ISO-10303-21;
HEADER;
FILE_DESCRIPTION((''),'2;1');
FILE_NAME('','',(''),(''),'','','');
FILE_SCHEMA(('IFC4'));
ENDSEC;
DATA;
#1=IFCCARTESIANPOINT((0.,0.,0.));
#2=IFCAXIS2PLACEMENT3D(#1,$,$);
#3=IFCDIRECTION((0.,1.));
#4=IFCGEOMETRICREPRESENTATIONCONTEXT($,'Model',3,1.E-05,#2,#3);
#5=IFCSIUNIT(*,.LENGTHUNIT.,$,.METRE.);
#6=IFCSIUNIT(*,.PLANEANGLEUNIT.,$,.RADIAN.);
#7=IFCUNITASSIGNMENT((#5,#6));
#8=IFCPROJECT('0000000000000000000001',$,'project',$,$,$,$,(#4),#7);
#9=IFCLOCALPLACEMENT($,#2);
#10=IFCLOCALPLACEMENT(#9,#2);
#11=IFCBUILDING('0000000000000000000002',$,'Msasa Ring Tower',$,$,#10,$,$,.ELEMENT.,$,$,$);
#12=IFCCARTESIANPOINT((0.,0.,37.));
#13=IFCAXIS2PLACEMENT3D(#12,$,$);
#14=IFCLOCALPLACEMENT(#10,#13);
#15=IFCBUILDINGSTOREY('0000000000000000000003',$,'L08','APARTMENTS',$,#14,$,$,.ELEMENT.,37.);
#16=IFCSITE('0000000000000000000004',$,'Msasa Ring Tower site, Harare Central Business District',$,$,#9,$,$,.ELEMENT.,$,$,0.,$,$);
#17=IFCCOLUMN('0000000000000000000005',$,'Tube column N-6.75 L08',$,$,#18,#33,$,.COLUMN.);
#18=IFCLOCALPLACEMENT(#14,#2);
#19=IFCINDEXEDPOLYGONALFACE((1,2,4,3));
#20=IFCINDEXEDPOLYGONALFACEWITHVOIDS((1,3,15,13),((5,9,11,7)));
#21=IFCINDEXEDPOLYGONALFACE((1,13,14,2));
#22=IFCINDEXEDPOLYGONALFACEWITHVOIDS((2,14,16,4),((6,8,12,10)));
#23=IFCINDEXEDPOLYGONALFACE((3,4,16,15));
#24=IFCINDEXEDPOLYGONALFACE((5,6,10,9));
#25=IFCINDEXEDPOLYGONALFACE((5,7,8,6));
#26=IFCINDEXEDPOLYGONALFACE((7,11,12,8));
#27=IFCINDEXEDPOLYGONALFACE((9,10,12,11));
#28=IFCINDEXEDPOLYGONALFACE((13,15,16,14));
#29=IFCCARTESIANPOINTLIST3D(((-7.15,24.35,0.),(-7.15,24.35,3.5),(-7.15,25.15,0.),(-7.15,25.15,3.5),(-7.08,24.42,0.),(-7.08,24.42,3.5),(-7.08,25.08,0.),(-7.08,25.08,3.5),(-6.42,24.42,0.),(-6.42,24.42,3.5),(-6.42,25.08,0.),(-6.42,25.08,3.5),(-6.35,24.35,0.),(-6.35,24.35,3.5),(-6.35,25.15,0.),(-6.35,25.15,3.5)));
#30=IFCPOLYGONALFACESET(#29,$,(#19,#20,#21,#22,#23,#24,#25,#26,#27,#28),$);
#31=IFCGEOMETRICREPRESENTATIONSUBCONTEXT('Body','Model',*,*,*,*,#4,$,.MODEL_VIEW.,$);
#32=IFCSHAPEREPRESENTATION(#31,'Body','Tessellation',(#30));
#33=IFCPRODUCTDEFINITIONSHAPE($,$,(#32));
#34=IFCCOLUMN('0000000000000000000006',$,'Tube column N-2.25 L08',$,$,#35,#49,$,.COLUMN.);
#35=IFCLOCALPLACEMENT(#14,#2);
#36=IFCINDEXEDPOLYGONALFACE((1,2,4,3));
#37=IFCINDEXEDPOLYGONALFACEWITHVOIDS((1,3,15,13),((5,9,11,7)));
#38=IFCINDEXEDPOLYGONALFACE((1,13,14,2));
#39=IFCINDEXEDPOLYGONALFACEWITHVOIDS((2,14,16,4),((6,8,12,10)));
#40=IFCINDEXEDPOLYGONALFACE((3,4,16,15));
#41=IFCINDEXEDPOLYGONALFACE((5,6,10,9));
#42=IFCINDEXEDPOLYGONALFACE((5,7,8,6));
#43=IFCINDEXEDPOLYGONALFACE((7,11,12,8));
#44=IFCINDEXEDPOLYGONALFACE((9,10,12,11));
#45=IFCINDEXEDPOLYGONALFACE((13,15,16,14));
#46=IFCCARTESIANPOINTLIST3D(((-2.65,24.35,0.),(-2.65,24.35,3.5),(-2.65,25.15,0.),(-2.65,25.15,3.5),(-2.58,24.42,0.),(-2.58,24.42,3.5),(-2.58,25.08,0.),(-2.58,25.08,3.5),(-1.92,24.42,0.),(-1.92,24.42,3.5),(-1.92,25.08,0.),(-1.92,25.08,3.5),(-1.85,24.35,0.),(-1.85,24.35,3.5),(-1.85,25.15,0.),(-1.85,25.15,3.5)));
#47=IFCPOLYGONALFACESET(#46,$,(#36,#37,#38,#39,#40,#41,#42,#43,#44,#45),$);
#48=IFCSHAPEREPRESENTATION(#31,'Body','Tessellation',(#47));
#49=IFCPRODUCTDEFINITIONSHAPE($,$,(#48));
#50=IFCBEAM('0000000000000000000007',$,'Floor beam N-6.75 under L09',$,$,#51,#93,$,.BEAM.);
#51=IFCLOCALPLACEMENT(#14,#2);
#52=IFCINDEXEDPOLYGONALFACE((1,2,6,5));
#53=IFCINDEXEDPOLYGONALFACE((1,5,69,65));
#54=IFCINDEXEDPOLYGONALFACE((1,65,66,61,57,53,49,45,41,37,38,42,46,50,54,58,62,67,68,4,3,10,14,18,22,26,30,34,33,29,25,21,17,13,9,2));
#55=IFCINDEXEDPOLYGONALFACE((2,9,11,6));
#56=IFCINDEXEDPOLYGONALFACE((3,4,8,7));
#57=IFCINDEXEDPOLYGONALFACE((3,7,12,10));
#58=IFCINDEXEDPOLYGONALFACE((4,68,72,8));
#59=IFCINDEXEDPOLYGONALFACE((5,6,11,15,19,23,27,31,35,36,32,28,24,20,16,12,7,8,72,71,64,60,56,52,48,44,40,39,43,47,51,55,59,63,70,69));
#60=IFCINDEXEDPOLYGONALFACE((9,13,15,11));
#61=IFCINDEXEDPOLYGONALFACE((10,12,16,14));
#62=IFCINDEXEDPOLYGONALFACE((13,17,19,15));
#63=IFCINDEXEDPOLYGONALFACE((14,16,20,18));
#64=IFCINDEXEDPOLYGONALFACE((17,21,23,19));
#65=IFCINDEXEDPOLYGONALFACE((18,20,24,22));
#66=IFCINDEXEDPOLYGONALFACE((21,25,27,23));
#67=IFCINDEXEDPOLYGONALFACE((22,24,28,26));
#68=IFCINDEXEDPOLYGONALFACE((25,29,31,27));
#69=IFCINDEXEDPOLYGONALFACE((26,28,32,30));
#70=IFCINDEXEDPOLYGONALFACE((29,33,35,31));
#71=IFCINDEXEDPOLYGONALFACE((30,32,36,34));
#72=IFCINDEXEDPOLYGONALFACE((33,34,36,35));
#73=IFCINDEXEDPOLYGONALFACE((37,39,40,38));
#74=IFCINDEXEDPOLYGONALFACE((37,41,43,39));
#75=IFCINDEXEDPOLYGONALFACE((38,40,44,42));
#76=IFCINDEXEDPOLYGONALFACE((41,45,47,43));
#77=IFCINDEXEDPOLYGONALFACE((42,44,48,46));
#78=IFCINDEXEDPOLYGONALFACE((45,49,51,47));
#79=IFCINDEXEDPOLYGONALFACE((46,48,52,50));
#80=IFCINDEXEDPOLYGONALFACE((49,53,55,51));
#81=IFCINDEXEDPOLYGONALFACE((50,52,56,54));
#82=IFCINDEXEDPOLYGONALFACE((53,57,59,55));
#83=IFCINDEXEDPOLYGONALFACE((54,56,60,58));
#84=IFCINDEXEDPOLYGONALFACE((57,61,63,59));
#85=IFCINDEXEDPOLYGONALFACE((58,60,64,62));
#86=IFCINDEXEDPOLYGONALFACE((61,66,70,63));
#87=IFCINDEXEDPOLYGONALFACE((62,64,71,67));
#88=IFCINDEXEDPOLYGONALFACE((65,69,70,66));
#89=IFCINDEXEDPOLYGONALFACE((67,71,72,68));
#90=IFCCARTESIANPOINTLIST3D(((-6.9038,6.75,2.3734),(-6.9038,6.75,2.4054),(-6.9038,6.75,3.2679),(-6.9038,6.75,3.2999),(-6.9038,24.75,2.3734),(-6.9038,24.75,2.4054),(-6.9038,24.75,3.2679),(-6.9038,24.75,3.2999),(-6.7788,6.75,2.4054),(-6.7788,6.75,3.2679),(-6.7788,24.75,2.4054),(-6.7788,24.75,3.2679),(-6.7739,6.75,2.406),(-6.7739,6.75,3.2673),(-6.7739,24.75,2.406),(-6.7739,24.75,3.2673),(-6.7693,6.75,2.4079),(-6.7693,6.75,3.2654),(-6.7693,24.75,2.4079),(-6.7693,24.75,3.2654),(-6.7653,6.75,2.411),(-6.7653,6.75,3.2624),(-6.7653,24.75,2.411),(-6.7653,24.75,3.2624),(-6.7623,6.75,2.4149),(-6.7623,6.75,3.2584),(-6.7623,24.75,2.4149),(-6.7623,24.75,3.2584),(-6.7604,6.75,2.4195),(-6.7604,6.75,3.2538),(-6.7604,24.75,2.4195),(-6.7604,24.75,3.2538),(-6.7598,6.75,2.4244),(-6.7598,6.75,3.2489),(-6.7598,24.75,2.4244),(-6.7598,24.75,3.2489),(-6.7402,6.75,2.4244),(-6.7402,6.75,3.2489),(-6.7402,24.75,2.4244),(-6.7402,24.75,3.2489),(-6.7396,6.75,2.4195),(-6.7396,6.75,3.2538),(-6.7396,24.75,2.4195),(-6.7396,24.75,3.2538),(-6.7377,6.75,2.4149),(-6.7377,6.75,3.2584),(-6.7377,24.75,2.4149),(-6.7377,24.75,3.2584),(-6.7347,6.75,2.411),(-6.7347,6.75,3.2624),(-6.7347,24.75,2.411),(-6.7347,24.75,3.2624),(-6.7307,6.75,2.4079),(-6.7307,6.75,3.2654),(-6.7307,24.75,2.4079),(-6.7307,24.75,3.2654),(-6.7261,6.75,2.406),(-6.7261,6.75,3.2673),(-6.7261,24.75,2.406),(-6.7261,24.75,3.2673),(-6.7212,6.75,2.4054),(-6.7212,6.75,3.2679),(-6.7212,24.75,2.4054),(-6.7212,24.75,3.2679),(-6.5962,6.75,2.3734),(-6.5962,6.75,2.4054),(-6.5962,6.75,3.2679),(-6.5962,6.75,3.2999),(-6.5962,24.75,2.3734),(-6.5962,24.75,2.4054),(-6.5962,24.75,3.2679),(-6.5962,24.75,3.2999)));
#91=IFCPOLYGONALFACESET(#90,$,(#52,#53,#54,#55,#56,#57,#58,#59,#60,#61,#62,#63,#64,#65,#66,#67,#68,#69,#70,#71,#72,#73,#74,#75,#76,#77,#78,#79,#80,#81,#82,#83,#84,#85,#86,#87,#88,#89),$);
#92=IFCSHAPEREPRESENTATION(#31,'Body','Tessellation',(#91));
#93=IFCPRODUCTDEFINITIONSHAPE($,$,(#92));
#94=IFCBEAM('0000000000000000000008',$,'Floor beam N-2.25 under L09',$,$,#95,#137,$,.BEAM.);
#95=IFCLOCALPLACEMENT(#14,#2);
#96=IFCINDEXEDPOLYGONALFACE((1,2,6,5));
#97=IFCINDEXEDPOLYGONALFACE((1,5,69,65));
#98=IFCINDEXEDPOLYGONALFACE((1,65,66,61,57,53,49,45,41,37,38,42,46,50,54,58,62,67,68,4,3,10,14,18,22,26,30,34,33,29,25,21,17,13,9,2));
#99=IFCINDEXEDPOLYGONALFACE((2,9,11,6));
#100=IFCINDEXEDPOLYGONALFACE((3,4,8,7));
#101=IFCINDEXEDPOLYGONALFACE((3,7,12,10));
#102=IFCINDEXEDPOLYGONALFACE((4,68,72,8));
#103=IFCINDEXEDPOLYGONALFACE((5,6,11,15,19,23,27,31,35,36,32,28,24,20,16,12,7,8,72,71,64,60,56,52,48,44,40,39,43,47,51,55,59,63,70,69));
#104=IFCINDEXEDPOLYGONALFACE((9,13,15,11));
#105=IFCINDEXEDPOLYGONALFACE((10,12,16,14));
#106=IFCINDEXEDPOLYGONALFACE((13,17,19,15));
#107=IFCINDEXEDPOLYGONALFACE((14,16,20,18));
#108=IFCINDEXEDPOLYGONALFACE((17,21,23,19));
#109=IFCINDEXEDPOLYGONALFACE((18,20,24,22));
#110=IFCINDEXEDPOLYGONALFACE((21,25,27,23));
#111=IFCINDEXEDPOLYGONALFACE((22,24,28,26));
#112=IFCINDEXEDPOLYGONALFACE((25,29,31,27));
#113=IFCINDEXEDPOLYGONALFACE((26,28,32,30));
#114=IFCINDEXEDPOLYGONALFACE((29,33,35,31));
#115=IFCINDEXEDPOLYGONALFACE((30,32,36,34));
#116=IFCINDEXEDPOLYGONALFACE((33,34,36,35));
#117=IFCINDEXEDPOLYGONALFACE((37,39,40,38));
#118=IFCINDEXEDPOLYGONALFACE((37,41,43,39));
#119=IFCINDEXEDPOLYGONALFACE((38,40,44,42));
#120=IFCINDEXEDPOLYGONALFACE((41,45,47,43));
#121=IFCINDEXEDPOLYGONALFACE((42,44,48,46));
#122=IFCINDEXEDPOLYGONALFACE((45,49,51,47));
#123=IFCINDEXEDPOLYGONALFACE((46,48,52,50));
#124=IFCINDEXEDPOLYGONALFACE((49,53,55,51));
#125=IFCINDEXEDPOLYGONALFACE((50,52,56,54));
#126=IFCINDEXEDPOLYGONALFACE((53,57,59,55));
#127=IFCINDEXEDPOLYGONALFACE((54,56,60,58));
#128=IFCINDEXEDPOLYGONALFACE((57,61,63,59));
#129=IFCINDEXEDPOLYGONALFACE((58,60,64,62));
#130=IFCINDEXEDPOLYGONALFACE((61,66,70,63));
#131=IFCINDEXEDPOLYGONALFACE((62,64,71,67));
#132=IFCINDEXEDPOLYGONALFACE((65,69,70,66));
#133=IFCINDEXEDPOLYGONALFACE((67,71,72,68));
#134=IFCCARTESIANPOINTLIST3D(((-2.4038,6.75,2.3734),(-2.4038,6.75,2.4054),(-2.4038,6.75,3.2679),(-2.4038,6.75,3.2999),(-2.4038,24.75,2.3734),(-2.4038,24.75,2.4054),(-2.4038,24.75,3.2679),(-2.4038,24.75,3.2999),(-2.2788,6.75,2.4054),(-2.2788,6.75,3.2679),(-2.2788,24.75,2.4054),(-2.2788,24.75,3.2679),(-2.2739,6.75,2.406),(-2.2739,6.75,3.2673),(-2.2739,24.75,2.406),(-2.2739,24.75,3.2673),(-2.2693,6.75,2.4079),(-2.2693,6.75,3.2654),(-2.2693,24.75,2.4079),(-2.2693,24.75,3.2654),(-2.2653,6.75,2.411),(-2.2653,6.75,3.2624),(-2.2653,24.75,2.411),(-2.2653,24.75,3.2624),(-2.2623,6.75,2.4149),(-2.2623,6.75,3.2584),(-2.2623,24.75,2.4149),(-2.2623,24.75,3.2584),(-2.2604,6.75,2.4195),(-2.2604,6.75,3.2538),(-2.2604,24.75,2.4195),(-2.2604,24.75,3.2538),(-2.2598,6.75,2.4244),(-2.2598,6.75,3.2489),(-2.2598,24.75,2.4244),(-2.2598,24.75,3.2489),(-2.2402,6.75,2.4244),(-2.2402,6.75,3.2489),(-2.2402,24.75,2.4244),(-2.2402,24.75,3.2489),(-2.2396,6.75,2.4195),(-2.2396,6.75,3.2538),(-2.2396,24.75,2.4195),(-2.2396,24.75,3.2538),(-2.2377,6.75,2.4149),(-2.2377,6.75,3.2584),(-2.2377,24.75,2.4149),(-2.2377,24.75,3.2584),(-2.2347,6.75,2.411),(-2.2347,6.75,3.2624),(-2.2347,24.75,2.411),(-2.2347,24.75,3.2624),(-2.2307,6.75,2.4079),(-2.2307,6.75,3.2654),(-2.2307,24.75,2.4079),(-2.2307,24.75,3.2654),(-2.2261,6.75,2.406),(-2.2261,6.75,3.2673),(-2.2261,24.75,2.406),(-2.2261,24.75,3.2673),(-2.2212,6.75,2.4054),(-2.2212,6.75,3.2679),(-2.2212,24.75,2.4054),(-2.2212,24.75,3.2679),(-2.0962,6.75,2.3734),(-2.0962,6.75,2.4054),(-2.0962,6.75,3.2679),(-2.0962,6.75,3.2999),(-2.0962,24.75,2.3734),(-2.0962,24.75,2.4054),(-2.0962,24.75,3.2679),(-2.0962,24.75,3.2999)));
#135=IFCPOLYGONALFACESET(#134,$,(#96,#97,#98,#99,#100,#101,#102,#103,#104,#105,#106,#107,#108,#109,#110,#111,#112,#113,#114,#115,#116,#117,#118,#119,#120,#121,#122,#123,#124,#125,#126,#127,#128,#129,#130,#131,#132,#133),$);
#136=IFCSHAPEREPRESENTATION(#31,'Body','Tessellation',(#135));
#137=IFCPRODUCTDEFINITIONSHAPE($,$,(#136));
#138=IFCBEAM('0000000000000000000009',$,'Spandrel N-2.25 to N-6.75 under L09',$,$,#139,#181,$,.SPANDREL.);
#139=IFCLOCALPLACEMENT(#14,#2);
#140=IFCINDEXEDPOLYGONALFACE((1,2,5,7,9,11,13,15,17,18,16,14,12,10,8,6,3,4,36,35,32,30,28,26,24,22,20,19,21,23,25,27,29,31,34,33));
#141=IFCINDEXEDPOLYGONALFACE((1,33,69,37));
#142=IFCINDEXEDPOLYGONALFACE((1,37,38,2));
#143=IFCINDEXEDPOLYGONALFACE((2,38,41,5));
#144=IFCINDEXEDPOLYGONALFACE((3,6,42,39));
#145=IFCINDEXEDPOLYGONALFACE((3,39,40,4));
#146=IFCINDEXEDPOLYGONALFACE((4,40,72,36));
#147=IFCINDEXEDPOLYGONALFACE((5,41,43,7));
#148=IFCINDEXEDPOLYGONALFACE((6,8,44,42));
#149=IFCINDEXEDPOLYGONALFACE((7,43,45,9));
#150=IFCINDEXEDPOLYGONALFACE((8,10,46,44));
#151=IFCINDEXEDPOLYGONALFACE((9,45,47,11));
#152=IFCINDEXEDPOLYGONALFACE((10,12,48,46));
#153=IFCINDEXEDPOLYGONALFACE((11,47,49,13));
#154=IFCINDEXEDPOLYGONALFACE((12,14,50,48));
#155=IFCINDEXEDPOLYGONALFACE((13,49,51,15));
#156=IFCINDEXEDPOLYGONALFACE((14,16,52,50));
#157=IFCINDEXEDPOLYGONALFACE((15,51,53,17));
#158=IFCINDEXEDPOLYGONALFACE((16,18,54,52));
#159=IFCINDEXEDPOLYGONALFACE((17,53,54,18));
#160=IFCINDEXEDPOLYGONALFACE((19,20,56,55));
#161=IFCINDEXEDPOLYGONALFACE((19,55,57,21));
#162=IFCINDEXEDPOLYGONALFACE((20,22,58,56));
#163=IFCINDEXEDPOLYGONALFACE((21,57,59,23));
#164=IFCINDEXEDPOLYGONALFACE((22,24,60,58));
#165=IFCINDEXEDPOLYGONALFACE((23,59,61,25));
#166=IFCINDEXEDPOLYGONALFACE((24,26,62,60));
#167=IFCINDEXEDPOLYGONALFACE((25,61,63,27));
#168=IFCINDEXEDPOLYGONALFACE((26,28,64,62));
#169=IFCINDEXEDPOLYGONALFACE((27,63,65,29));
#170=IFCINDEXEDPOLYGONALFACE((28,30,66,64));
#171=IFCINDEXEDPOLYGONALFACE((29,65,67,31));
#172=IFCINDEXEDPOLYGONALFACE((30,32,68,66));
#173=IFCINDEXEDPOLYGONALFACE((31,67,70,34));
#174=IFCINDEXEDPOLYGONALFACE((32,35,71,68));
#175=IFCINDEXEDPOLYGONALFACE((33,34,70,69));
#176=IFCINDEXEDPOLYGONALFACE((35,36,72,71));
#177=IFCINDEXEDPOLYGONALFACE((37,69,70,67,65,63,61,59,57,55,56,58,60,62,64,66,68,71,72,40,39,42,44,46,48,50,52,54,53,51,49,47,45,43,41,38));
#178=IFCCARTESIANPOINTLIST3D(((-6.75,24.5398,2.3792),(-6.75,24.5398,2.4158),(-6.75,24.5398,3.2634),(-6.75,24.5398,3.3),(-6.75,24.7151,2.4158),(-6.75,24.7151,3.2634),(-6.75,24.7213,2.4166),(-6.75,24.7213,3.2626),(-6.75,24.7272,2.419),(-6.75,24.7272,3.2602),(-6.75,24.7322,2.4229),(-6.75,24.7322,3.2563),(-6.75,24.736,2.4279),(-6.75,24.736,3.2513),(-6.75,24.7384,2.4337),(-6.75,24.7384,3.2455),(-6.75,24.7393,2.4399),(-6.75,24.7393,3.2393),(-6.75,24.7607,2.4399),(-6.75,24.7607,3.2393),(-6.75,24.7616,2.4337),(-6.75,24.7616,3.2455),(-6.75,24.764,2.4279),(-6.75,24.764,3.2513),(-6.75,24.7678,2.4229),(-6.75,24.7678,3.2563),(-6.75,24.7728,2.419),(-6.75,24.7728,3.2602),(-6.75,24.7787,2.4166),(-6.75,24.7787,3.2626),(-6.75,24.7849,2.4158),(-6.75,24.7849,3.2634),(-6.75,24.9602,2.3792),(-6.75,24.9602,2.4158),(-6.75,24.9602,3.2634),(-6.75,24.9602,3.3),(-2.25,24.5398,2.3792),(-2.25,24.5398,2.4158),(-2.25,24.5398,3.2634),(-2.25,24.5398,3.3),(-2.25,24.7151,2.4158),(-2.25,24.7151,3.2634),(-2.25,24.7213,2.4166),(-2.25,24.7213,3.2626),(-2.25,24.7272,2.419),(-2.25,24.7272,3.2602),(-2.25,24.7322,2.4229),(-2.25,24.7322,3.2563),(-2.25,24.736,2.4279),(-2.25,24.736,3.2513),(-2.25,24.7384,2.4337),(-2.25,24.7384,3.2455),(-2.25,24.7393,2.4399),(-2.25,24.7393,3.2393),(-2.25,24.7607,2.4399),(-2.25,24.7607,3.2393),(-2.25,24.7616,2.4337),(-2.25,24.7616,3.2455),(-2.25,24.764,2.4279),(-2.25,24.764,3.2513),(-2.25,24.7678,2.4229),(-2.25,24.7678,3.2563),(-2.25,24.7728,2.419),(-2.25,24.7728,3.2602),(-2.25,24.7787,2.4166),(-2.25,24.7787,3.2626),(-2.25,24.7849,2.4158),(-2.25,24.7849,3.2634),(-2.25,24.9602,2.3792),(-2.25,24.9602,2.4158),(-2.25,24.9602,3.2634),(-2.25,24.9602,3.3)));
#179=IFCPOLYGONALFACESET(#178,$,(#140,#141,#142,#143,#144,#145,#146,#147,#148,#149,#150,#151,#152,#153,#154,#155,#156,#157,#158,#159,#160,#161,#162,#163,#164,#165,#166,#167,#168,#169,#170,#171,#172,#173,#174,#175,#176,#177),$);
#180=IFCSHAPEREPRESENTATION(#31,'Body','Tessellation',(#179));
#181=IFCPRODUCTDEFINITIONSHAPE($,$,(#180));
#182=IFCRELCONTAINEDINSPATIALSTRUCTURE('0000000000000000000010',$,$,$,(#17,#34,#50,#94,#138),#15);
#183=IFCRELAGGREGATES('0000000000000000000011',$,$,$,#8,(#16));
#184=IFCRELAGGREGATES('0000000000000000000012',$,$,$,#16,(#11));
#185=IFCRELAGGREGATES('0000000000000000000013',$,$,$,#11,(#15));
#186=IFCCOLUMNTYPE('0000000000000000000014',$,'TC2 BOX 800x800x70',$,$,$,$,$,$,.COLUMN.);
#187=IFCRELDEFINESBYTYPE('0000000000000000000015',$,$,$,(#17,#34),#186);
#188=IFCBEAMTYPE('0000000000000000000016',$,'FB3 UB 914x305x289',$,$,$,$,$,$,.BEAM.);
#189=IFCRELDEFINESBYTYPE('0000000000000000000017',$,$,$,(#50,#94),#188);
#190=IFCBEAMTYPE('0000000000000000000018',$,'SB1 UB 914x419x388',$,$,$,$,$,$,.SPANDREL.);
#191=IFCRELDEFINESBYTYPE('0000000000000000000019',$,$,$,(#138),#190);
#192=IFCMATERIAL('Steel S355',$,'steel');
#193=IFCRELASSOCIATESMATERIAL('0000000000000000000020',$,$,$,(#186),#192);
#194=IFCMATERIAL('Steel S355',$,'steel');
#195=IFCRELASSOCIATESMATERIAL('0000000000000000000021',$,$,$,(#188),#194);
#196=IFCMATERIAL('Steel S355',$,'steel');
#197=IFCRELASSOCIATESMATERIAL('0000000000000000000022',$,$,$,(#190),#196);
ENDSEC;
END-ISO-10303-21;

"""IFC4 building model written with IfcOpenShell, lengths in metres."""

from ifc_helpers import new_model, si_unit, direction, frame, origin, origin_2d, place, context, subcontext, project, spatial, hollow_rectangle, i_section, extrude, material, material_profile, profile_set, type_object, element, save


model = new_model("IFC4")

# Units and contexts
model_context = context("Model", 3, precision=1e-05, world=origin(), true_north=direction((0.0, 1.0)))
body_context = subcontext(model_context, "Body", "Model", "MODEL_VIEW")
ifc_project = project(units=[si_unit("LENGTHUNIT", "METRE"), si_unit("PLANEANGLEUNIT", "RADIAN")], contexts=[model_context])

# Site, building, storey
site_placement = place(None, origin())
site = spatial("IfcSite", under=ifc_project, at=site_placement, Name="Msasa Ring Tower site, Harare Central Business District", CompositionType="ELEMENT", RefElevation=0.0)
building_placement = place(site_placement, origin())
building = spatial("IfcBuilding", under=site, at=building_placement, Name="Msasa Ring Tower", CompositionType="ELEMENT")
storey_placement = place(building_placement, frame((0.0, 0.0, 37.0)))
storey = spatial("IfcBuildingStorey", under=building, at=storey_placement, Name="L08", Description="APARTMENTS", CompositionType="ELEMENT", Elevation=37.0)

# Columns
ifc_material_1 = material(Name="Steel S355", Category="steel")
ifc_material_profile_1 = material_profile(ifc_material_1, hollow_rectangle(XDim=0.8, YDim=0.8, WallThickness=0.0701, at=origin_2d()), Name="BOX 800x800x70")
ifc_profile_set_1 = profile_set([ifc_material_profile_1], Name="Steel S355")
column_type = type_object("IfcColumnType", Name="TC2 BOX 800x800x70", PredefinedType="COLUMN", material=ifc_profile_set_1)
for number, where, z_axis, x_axis, name in (
    (1, (-6.75, 24.75, 0.0), (0.0, 0.0, 1.0), (0.0, 1.0, 0.0), "Tube column N-6.75 L08"),
    (2, (-2.25, 24.75, 0.0), (0.0, 0.0, 1.0), (0.0, 1.0, 0.0), "Tube column N-2.25 L08"),
):
    element("IfcColumn", number, at=place(storey_placement, frame(where, z_axis=z_axis, x_axis=x_axis)), inside=storey, type_object=column_type, Name=name, PredefinedType="COLUMN", context=body_context, shape_type="SweptSolid", body=[
        extrude(hollow_rectangle(XDim=0.8, YDim=0.8, WallThickness=0.0701, at=origin_2d()), origin(), (0.0, 0.0, 1.0), 3.5),
    ])

# Beams
ifc_material_2 = material(Name="Steel S355", Category="steel")
ifc_material_profile_2 = material_profile(ifc_material_2, i_section(OverallWidth=0.3076, OverallDepth=0.9265, WebThickness=0.0195, FlangeThickness=0.032, FilletRadius=0.019, at=origin_2d()), Name="UB 914x305x289")
ifc_profile_set_2 = profile_set([ifc_material_profile_2], Name="Steel S355")
beam_type_1 = type_object("IfcBeamType", Name="FB3 UB 914x305x289", PredefinedType="BEAM", material=ifc_profile_set_2)
for number, where, z_axis, x_axis, name in (
    (3, (-6.75, 24.75, 2.8367), (0.0, -1.0, 0.0), (1.0, 0.0, 0.0), "Floor beam N-6.75 under L09"),
    (4, (-2.25, 24.75, 2.8367), (0.0, -1.0, 0.0), (1.0, 0.0, 0.0), "Floor beam N-2.25 under L09"),
):
    element("IfcBeam", number, at=place(storey_placement, frame(where, z_axis=z_axis, x_axis=x_axis)), inside=storey, type_object=beam_type_1, Name=name, PredefinedType="BEAM", context=body_context, shape_type="SweptSolid", body=[
        extrude(i_section(OverallWidth=0.3076, OverallDepth=0.9265, WebThickness=0.0195, FlangeThickness=0.032, FilletRadius=0.019, at=origin_2d()), origin(), (0.0, 0.0, 1.0), 18.0),
    ])
ifc_material_3 = material(Name="Steel S355", Category="steel")
ifc_material_profile_3 = material_profile(ifc_material_3, i_section(OverallWidth=0.4204, OverallDepth=0.9209, WebThickness=0.0215, FlangeThickness=0.0366, FilletRadius=0.0242, at=origin_2d()), Name="UB 914x419x388")
ifc_profile_set_3 = profile_set([ifc_material_profile_3], Name="Steel S355")
beam_type_2 = type_object("IfcBeamType", Name="SB1 UB 914x419x388", PredefinedType="SPANDREL", material=ifc_profile_set_3)
for number, where, z_axis, x_axis, name in (
    (5, (-2.25, 24.75, 2.8396), (-1.0, 0.0, 0.0), (0.0, -1.0, 0.0), "Spandrel N-2.25 to N-6.75 under L09"),
):
    element("IfcBeam", number, at=place(storey_placement, frame(where, z_axis=z_axis, x_axis=x_axis)), inside=storey, type_object=beam_type_2, Name=name, PredefinedType="SPANDREL", context=body_context, shape_type="SweptSolid", body=[
        extrude(i_section(OverallWidth=0.4204, OverallDepth=0.9209, WebThickness=0.0215, FlangeThickness=0.0366, FilletRadius=0.0242, at=origin_2d()), origin(), (0.0, 0.0, 1.0), 4.5),
    ])

save(model, "model.ifc")
